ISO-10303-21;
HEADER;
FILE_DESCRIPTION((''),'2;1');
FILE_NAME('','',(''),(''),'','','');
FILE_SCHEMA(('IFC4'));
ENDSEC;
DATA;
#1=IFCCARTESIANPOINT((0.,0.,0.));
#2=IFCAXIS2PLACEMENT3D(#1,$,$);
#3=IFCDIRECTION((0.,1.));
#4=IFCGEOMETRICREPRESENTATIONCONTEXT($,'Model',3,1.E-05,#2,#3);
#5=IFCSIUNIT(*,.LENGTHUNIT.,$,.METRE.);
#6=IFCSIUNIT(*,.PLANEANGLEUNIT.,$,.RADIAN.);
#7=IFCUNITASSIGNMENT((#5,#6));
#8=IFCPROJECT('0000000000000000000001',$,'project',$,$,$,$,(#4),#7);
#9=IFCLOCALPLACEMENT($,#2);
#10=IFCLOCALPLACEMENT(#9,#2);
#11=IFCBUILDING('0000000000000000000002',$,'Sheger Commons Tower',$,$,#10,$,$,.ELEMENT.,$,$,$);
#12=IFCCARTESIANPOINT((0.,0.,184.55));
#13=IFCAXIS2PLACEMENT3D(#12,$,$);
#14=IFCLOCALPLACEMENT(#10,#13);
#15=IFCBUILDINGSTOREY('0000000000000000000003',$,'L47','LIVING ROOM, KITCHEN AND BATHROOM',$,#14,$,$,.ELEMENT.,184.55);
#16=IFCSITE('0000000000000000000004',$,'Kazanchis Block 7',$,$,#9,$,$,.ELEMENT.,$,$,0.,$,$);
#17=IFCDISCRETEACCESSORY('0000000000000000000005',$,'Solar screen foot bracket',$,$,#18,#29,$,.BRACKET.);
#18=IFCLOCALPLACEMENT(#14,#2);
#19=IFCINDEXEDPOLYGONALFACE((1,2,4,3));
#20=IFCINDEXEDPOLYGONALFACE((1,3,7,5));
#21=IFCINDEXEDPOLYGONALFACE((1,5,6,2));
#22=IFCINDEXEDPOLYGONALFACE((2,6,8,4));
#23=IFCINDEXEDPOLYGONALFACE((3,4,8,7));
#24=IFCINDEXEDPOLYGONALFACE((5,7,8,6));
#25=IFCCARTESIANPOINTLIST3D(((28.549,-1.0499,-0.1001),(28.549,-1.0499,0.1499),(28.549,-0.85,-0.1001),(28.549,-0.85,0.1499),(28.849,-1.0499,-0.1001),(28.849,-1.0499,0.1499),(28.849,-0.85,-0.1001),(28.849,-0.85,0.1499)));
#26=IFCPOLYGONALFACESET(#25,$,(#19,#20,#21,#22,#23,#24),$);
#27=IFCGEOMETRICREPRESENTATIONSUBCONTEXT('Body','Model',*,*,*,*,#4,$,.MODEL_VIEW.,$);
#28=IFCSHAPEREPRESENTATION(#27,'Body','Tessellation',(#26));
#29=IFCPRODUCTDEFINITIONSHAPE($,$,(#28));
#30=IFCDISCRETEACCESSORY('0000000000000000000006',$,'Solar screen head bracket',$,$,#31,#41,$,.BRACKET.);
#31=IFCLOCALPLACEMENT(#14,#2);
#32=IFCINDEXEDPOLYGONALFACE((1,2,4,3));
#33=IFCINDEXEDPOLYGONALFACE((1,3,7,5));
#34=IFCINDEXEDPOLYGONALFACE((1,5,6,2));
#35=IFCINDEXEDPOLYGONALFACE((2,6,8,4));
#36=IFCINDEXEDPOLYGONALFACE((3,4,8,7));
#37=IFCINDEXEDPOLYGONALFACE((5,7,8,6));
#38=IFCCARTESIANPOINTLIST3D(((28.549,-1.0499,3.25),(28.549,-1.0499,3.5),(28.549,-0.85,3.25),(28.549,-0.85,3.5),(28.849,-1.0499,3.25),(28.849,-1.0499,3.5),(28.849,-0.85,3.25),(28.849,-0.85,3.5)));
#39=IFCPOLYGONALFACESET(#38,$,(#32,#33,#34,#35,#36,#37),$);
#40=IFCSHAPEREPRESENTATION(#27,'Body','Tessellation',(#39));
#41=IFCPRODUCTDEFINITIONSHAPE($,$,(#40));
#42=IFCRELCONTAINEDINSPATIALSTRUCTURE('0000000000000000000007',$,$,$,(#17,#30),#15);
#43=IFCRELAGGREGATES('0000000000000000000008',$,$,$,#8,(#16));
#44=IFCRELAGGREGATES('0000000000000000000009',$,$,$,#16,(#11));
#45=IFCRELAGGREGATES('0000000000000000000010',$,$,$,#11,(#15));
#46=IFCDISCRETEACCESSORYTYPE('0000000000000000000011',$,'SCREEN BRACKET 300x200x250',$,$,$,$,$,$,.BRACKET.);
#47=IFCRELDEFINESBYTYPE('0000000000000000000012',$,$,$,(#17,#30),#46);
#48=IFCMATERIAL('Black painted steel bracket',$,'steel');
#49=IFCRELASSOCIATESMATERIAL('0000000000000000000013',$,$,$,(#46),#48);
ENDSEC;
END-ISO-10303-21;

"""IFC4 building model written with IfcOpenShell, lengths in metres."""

from ifc_helpers import new_model, si_unit, direction, frame, origin, origin_2d, place, context, subcontext, project, spatial, rectangle, extrude, material, type_object, element, save


model = new_model("IFC4")

# Units and contexts
model_context = context("Model", 3, precision=1e-05, world=origin(), true_north=direction((0.0, 1.0)))
body_context = subcontext(model_context, "Body", "Model", "MODEL_VIEW")
ifc_project = project(units=[si_unit("LENGTHUNIT", "METRE"), si_unit("PLANEANGLEUNIT", "RADIAN")], contexts=[model_context])

# Site, building, storey
site_placement = place(None, origin())
site = spatial("IfcSite", under=ifc_project, at=site_placement, Name="Kazanchis Block 7", CompositionType="ELEMENT", RefElevation=0.0)
building_placement = place(site_placement, origin())
building = spatial("IfcBuilding", under=site, at=building_placement, Name="Sheger Commons Tower", CompositionType="ELEMENT")
storey_placement = place(building_placement, frame((0.0, 0.0, 184.55)))
storey = spatial("IfcBuildingStorey", under=building, at=storey_placement, Name="L47", Description="LIVING ROOM, KITCHEN AND BATHROOM", CompositionType="ELEMENT", Elevation=184.55)

# Discrete accessories
ifc_material_1 = material(Name="Black painted steel bracket", Category="steel")
discrete_accessory_type = type_object("IfcDiscreteAccessoryType", Name="SCREEN BRACKET 300x200x250", PredefinedType="BRACKET", material=ifc_material_1)
for number, where, z_axis, x_axis, name in (
    (1, (28.699, -0.95, -0.1001), (0.0, 0.0, 1.0), (1.0, 0.0, 0.0), "Solar screen foot bracket"),
    (2, (28.699, -0.95, 3.25), (0.0, 0.0, 1.0), (1.0, 0.0, 0.0), "Solar screen head bracket"),
):
    element("IfcDiscreteAccessory", number, at=place(storey_placement, frame(where, z_axis=z_axis, x_axis=x_axis)), inside=storey, type_object=discrete_accessory_type, Name=name, PredefinedType="BRACKET", context=body_context, shape_type="SweptSolid", body=[
        extrude(rectangle(XDim=0.3, YDim=0.2, at=origin_2d()), origin(), (0.0, 0.0, 1.0), 0.25),
    ])

save(model, "model.ifc")
